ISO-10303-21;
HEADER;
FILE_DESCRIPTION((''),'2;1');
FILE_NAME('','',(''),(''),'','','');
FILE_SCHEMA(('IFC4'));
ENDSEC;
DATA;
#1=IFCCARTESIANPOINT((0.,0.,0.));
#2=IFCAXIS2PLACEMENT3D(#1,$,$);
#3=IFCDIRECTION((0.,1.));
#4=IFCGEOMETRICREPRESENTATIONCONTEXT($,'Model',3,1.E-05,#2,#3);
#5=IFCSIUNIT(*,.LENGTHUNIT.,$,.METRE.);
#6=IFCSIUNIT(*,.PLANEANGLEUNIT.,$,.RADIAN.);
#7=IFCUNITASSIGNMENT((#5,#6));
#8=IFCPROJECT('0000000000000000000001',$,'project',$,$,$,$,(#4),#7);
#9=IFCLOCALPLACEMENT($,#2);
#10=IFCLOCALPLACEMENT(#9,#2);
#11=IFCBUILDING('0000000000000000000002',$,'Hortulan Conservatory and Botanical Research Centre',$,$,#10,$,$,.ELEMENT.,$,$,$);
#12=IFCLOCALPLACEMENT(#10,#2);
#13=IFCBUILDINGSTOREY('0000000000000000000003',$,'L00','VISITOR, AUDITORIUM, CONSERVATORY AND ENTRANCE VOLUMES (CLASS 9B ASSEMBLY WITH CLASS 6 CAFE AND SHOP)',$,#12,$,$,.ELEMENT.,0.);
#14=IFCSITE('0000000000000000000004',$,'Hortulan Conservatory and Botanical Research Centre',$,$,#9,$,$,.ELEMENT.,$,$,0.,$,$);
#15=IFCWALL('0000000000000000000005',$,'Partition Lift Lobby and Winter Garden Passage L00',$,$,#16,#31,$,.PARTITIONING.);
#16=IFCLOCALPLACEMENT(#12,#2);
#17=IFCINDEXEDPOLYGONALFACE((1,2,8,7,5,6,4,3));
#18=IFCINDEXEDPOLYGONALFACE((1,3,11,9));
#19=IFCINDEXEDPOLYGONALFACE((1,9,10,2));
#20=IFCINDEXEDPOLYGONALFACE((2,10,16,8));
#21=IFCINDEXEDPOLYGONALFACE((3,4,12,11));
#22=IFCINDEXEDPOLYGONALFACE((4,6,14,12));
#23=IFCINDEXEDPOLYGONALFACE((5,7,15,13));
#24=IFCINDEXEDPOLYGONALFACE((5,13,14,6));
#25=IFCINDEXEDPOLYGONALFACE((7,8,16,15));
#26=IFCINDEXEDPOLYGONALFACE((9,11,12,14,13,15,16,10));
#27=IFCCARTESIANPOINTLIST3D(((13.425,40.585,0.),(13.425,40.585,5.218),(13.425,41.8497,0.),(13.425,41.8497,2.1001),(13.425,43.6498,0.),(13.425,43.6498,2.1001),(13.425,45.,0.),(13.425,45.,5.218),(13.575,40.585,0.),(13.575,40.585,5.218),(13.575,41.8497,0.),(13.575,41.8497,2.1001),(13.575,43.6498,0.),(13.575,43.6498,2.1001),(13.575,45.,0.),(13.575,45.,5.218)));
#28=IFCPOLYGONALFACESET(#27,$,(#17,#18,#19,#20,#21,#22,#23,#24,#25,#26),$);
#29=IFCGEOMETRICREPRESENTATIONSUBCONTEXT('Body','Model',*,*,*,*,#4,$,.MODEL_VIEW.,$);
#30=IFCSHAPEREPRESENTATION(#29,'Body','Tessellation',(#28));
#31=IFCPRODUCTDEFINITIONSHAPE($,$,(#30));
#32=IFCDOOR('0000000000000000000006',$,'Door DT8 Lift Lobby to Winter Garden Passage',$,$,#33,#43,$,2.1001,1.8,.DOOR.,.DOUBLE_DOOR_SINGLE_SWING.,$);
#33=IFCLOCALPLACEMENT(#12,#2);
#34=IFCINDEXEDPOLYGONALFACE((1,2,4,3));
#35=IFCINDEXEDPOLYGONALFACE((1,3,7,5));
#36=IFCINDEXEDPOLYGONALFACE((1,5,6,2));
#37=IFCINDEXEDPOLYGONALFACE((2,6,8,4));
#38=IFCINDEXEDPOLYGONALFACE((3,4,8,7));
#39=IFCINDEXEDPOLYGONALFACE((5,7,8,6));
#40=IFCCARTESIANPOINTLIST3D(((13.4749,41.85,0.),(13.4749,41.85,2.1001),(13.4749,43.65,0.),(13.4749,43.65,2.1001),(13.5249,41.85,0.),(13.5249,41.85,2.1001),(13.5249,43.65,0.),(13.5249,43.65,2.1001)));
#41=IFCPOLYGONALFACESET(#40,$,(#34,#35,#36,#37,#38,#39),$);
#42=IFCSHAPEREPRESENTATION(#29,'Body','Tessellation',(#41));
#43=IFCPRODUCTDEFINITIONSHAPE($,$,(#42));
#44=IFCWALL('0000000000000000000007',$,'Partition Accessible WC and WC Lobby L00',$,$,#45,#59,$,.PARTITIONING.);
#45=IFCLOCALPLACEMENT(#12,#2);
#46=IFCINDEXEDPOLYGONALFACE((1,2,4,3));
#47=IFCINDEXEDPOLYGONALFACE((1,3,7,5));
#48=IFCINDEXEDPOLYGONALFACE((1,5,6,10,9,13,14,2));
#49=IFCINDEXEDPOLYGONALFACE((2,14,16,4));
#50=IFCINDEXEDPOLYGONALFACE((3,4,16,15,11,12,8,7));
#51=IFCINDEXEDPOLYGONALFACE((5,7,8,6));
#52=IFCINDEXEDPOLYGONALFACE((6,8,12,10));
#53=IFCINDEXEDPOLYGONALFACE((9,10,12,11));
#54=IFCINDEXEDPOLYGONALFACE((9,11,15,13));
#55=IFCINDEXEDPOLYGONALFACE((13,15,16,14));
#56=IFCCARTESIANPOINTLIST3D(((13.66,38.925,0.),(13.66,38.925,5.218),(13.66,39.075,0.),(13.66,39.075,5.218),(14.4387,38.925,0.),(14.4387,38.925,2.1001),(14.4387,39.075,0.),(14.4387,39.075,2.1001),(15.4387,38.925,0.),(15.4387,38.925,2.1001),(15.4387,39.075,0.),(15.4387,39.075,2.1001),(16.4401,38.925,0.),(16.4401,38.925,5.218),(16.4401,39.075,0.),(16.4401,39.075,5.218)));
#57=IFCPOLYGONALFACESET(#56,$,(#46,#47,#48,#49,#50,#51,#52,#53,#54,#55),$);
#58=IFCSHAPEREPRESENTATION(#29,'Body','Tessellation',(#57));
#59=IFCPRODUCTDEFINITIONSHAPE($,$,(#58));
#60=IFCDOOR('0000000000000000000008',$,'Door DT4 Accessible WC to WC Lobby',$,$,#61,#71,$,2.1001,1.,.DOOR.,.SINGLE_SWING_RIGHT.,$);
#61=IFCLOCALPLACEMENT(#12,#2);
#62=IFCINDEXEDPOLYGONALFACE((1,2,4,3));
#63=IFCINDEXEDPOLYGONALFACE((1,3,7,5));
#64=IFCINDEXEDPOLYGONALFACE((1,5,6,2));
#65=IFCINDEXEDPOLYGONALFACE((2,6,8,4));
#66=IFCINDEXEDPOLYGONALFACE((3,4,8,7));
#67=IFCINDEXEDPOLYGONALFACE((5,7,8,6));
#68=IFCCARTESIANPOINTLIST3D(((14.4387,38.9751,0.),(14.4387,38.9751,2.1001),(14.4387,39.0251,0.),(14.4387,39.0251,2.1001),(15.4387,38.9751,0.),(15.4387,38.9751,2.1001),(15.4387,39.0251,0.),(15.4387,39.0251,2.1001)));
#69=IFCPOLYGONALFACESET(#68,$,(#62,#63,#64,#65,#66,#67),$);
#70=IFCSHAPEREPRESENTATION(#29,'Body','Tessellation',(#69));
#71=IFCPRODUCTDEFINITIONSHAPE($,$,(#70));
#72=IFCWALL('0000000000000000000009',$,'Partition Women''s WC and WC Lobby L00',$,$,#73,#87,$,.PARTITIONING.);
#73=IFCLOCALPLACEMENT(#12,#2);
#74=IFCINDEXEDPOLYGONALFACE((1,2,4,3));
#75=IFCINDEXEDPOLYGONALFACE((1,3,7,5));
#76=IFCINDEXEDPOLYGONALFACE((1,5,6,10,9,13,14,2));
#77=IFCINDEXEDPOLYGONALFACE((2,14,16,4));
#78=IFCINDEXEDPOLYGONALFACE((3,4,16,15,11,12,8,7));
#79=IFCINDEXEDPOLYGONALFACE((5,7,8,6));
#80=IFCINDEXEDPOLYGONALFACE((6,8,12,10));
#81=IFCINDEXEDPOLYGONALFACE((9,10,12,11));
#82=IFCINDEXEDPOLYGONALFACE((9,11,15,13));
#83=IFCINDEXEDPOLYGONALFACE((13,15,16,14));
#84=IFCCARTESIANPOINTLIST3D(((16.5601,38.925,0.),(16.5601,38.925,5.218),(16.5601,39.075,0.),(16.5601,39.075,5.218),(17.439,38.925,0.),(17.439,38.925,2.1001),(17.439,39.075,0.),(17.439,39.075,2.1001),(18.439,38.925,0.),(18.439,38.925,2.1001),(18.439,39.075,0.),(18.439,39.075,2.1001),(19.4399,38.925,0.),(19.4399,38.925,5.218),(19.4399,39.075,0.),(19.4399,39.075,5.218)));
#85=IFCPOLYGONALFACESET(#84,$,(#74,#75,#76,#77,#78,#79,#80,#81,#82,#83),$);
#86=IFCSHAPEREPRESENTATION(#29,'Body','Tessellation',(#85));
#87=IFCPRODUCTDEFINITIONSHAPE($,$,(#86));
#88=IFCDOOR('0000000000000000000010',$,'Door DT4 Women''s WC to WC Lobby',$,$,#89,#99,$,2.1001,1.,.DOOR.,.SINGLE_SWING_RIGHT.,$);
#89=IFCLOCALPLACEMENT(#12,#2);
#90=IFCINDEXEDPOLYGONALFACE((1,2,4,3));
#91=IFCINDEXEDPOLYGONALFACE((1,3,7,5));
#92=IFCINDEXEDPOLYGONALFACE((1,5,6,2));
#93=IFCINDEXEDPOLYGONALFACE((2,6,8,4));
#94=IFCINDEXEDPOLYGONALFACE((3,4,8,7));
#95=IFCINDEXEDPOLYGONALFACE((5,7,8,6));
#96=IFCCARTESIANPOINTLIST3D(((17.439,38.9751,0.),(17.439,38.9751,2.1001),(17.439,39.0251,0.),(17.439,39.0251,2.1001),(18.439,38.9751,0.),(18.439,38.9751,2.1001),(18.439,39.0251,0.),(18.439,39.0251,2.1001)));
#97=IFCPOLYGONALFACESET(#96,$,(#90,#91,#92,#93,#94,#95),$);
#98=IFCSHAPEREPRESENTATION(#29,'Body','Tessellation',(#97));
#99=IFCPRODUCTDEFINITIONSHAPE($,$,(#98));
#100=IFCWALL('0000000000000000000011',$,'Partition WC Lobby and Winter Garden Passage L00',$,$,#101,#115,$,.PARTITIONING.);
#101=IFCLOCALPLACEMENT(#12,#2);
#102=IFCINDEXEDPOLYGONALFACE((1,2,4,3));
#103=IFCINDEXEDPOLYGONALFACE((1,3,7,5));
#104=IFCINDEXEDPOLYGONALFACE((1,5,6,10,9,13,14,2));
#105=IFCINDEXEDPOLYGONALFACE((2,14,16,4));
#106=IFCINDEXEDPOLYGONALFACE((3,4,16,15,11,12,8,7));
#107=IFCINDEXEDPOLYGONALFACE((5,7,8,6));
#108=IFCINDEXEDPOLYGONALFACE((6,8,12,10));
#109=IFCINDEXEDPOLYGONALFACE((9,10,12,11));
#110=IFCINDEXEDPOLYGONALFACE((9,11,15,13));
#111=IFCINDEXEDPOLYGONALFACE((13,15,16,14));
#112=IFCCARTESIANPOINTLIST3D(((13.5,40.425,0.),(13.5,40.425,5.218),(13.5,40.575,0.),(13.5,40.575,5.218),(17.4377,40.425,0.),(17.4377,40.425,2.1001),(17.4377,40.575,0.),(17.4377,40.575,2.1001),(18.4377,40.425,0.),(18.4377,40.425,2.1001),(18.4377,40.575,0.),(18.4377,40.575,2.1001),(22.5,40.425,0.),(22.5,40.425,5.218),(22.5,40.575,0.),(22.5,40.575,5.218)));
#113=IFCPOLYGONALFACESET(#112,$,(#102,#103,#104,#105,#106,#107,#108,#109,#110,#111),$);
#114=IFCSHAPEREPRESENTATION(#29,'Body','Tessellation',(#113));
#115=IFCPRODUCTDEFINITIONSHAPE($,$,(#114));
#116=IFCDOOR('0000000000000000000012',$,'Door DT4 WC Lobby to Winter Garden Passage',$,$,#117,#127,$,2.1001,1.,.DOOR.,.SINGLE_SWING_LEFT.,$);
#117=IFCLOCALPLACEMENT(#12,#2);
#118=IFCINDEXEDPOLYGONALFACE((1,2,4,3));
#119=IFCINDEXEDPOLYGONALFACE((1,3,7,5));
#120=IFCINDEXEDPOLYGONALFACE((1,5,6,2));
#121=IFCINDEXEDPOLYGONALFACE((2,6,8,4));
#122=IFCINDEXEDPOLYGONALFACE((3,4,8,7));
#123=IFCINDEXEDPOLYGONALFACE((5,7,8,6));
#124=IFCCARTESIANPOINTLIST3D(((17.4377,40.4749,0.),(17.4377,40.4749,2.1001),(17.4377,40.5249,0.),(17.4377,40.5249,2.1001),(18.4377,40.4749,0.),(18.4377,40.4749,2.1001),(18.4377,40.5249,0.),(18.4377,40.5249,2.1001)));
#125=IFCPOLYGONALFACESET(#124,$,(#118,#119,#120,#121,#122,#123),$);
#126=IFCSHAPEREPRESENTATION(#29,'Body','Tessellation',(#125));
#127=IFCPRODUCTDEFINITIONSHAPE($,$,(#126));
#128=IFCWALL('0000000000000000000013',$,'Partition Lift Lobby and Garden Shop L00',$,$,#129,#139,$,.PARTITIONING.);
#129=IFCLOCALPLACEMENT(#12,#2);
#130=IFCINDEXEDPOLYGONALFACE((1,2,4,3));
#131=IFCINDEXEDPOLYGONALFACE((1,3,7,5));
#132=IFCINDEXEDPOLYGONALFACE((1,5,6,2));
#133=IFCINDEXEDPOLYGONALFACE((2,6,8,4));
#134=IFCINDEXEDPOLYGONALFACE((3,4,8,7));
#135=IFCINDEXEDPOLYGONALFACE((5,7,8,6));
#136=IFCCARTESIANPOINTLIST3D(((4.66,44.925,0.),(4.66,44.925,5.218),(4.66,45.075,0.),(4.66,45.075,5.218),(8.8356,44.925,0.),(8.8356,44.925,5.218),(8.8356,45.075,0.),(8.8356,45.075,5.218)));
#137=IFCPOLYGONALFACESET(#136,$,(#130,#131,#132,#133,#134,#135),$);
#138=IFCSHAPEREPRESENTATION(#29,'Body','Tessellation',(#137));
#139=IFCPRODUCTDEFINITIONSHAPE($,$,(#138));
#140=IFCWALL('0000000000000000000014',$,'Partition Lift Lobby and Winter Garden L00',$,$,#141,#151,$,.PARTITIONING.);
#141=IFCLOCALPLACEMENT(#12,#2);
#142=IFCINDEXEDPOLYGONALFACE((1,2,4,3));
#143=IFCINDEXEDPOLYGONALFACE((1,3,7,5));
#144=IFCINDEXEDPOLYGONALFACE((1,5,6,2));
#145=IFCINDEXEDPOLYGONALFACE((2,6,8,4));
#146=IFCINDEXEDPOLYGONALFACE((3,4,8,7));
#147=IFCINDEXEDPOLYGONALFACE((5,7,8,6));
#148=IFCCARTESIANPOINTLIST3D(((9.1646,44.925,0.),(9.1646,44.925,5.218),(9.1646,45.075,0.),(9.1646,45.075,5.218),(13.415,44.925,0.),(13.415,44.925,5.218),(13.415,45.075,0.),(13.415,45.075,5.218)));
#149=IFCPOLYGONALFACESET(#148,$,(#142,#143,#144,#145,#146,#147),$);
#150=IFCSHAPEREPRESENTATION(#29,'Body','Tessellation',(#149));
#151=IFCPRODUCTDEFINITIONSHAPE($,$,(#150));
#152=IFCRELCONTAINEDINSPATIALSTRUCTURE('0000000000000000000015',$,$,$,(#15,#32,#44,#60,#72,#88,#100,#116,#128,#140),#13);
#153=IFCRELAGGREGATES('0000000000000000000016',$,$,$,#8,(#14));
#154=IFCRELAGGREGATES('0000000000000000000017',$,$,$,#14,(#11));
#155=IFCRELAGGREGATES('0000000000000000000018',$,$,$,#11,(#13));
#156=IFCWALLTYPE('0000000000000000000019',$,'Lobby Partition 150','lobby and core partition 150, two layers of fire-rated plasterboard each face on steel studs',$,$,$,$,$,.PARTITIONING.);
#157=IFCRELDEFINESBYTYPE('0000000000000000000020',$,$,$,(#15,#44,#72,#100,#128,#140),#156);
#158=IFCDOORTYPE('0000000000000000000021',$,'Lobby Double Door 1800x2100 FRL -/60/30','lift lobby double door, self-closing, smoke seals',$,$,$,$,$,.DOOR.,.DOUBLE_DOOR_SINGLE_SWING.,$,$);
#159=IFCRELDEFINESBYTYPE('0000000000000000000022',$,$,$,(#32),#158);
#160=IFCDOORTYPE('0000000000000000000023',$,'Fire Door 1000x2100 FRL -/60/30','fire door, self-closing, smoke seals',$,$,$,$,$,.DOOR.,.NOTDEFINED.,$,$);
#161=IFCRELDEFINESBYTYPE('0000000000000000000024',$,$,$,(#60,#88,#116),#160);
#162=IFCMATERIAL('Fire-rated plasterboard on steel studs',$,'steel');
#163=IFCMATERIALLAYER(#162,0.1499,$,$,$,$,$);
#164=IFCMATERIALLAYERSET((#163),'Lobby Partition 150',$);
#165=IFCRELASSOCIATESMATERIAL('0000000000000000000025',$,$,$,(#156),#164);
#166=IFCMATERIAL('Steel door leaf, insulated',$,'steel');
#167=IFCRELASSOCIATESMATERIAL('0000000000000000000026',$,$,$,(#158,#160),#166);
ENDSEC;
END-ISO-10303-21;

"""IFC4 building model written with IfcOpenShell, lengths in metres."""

from ifc_helpers import new_model, si_unit, direction, frame, frame_2d, origin, place, context, subcontext, project, spatial, rectangle, extrude, material, layer, layer_set, type_object, element, fill, save


model = new_model("IFC4")

# Units and contexts
model_context = context("Model", 3, precision=1e-05, world=origin(), true_north=direction((0.0, 1.0)))
body_context = subcontext(model_context, "Body", "Model", "MODEL_VIEW")
ifc_project = project(units=[si_unit("LENGTHUNIT", "METRE"), si_unit("PLANEANGLEUNIT", "RADIAN")], contexts=[model_context])

# Site, building, storey
site_placement = place(None, origin())
site = spatial("IfcSite", under=ifc_project, at=site_placement, Name="Hortulan Conservatory and Botanical Research Centre", CompositionType="ELEMENT", RefElevation=0.0)
building_placement = place(site_placement, origin())
building = spatial("IfcBuilding", under=site, at=building_placement, Name="Hortulan Conservatory and Botanical Research Centre", CompositionType="ELEMENT")
storey_placement = place(building_placement, origin())
storey = spatial("IfcBuildingStorey", under=building, at=storey_placement, Name="L00", Description="VISITOR, AUDITORIUM, CONSERVATORY AND ENTRANCE VOLUMES (CLASS 9B ASSEMBLY WITH CLASS 6 CAFE AND SHOP)", CompositionType="ELEMENT", Elevation=0.0)

# Shared definitions
ifc_material_1 = material(Name="Steel door leaf, insulated", Category="steel")

# Shared definitions
ifc_material_2 = material(Name="Fire-rated plasterboard on steel studs", Category="steel")
ifc_layer_1 = layer(ifc_material_2, 0.1499)
ifc_layer_set_1 = layer_set([ifc_layer_1], Name="Lobby Partition 150")
wall_type_1 = type_object("IfcWallType", Name="Lobby Partition 150", Description="lobby and core partition 150, two layers of fire-rated plasterboard each face on steel studs", PredefinedType="PARTITIONING", material=ifc_layer_set_1)

# Walls, openings, doors
wall_1_placement = place(storey_placement, frame((13.5, 40.585, 0.0), z_axis=(0.0, 0.0, 1.0), x_axis=(0.0, 1.0, 0.0)))
wall_1 = element("IfcWall", 1, at=wall_1_placement, inside=storey, type_object=wall_type_1, Name="Partition Lift Lobby and Winter Garden Passage L00", PredefinedType="PARTITIONING", context=body_context, shape_type="SweptSolid", body=[
    extrude(rectangle(XDim=4.415, YDim=0.1499, at=frame_2d((2.2075, 0.0))), origin(), (0.0, 0.0, 1.0), 5.218),
])
opening_1_placement = place(wall_1_placement, frame((1.2649, 0.0, 0.0)))
opening_1 = element("IfcOpeningElement", 2, at=opening_1_placement, cuts=wall_1, PredefinedType="OPENING", context=body_context, shape_type="SweptSolid", body=[
    extrude(rectangle(XDim=1.8, YDim=2.1001, at=frame_2d((0.8999, 1.05))), frame((0.0, 0.085, 0.0), z_axis=(0.0, -1.0, 0.0), x_axis=(1.0, 0.0, 0.0)), (0.0, 0.0, 1.0), 0.1699),
])
door_type_1 = type_object("IfcDoorType", Name="Lobby Double Door 1800x2100 FRL -/60/30", Description="lift lobby double door, self-closing, smoke seals", OperationType="DOUBLE_DOOR_SINGLE_SWING", PredefinedType="DOOR", material=ifc_material_1)
door_1_placement = place(opening_1_placement, frame((1.8, 0.0, 0.0), z_axis=(0.0, 0.0, 1.0), x_axis=(-1.0, 0.0, 0.0)))
door_1 = element("IfcDoor", 3, at=door_1_placement, inside=storey, type_object=door_type_1, Name="Door DT8 Lift Lobby to Winter Garden Passage", OperationType="DOUBLE_DOOR_SINGLE_SWING", OverallHeight=2.1001, OverallWidth=1.8, PredefinedType="DOOR", context=body_context, shape_type="SweptSolid", body=[
    extrude(rectangle(XDim=1.8, YDim=2.1001, at=frame_2d((0.8999, 1.05))), frame((0.0, 0.0249, 0.0), z_axis=(0.0, -1.0, 0.0), x_axis=(1.0, 0.0, 0.0)), (0.0, 0.0, 1.0), 0.05),
])
fill(opening_1, door_1)
wall_2_placement = place(storey_placement, frame((13.6599, 39.0, 0.0), z_axis=(0.0, 0.0, 1.0), x_axis=(1.0, 0.0, 0.0)))
wall_2 = element("IfcWall", 4, at=wall_2_placement, inside=storey, type_object=wall_type_1, Name="Partition Accessible WC and WC Lobby L00", PredefinedType="PARTITIONING", context=body_context, shape_type="SweptSolid", body=[
    extrude(rectangle(XDim=2.78, YDim=0.1499, at=frame_2d((1.3901, 0.0))), origin(), (0.0, 0.0, 1.0), 5.218),
])
opening_2_placement = place(wall_2_placement, frame((0.7788, 0.0, 0.0)))
opening_2 = element("IfcOpeningElement", 5, at=opening_2_placement, cuts=wall_2, PredefinedType="OPENING", context=body_context, shape_type="SweptSolid", body=[
    extrude(rectangle(XDim=1.0, YDim=2.1001, at=frame_2d((0.5, 1.05))), frame((0.0, 0.085, 0.0), z_axis=(0.0, -1.0, 0.0), x_axis=(1.0, 0.0, 0.0)), (0.0, 0.0, 1.0), 0.1699),
])
door_type_2 = type_object("IfcDoorType", Name="Fire Door 1000x2100 FRL -/60/30", Description="fire door, self-closing, smoke seals", OperationType="NOTDEFINED", PredefinedType="DOOR", material=ifc_material_1)
door_2_placement = place(opening_2_placement, frame((1.0, 0.0, 0.0), z_axis=(0.0, 0.0, 1.0), x_axis=(-1.0, 0.0, 0.0)))
door_2 = element("IfcDoor", 6, at=door_2_placement, inside=storey, type_object=door_type_2, Name="Door DT4 Accessible WC to WC Lobby", OperationType="SINGLE_SWING_RIGHT", OverallHeight=2.1001, OverallWidth=1.0, PredefinedType="DOOR", context=body_context, shape_type="SweptSolid", body=[
    extrude(rectangle(XDim=1.0, YDim=2.1001, at=frame_2d((0.5, 1.05))), frame((0.0, 0.0249, 0.0), z_axis=(0.0, -1.0, 0.0), x_axis=(1.0, 0.0, 0.0)), (0.0, 0.0, 1.0), 0.05),
])
fill(opening_2, door_2)
wall_3_placement = place(storey_placement, frame((16.5601, 39.0, 0.0), z_axis=(0.0, 0.0, 1.0), x_axis=(1.0, 0.0, 0.0)))
wall_3 = element("IfcWall", 7, at=wall_3_placement, inside=storey, type_object=wall_type_1, Name="Partition Women's WC and WC Lobby L00", PredefinedType="PARTITIONING", context=body_context, shape_type="SweptSolid", body=[
    extrude(rectangle(XDim=2.8799, YDim=0.1499, at=frame_2d((1.4399, 0.0))), origin(), (0.0, 0.0, 1.0), 5.218),
])
opening_3_placement = place(wall_3_placement, frame((0.8789, 0.0, 0.0)))
opening_3 = element("IfcOpeningElement", 8, at=opening_3_placement, cuts=wall_3, PredefinedType="OPENING", context=body_context, shape_type="SweptSolid", body=[
    extrude(rectangle(XDim=1.0, YDim=2.1001, at=frame_2d((0.5, 1.05))), frame((0.0, 0.085, 0.0), z_axis=(0.0, -1.0, 0.0), x_axis=(1.0, 0.0, 0.0)), (0.0, 0.0, 1.0), 0.1699),
])
door_3_placement = place(opening_3_placement, frame((1.0, 0.0, 0.0), z_axis=(0.0, 0.0, 1.0), x_axis=(-1.0, 0.0, 0.0)))
door_3 = element("IfcDoor", 9, at=door_3_placement, inside=storey, type_object=door_type_2, Name="Door DT4 Women's WC to WC Lobby", OperationType="SINGLE_SWING_RIGHT", OverallHeight=2.1001, OverallWidth=1.0, PredefinedType="DOOR", context=body_context, shape_type="SweptSolid", body=[
    extrude(rectangle(XDim=1.0, YDim=2.1001, at=frame_2d((0.5, 1.05))), frame((0.0, 0.0249, 0.0), z_axis=(0.0, -1.0, 0.0), x_axis=(1.0, 0.0, 0.0)), (0.0, 0.0, 1.0), 0.05),
])
fill(opening_3, door_3)
wall_4_placement = place(storey_placement, frame((13.5, 40.5, 0.0), z_axis=(0.0, 0.0, 1.0), x_axis=(1.0, 0.0, 0.0)))
wall_4 = element("IfcWall", 10, at=wall_4_placement, inside=storey, type_object=wall_type_1, Name="Partition WC Lobby and Winter Garden Passage L00", PredefinedType="PARTITIONING", context=body_context, shape_type="SweptSolid", body=[
    extrude(rectangle(XDim=9.0, YDim=0.1499, at=frame_2d((4.5, 0.0))), origin(), (0.0, 0.0, 1.0), 5.218),
])
opening_4_placement = place(wall_4_placement, frame((3.9377, 0.0, 0.0)))
opening_4 = element("IfcOpeningElement", 11, at=opening_4_placement, cuts=wall_4, PredefinedType="OPENING", context=body_context, shape_type="SweptSolid", body=[
    extrude(rectangle(XDim=1.0, YDim=2.1001, at=frame_2d((0.5, 1.05))), frame((0.0, 0.085, 0.0), z_axis=(0.0, -1.0, 0.0), x_axis=(1.0, 0.0, 0.0)), (0.0, 0.0, 1.0), 0.1699),
])
door_4_placement = place(opening_4_placement, origin())
door_4 = element("IfcDoor", 12, at=door_4_placement, inside=storey, type_object=door_type_2, Name="Door DT4 WC Lobby to Winter Garden Passage", OperationType="SINGLE_SWING_LEFT", OverallHeight=2.1001, OverallWidth=1.0, PredefinedType="DOOR", context=body_context, shape_type="SweptSolid", body=[
    extrude(rectangle(XDim=1.0, YDim=2.1001, at=frame_2d((0.5, 1.05))), frame((0.0, 0.0249, 0.0), z_axis=(0.0, -1.0, 0.0), x_axis=(1.0, 0.0, 0.0)), (0.0, 0.0, 1.0), 0.05),
])
fill(opening_4, door_4)

# Walls
wall_5_placement = place(storey_placement, frame((4.6599, 45.0, 0.0), z_axis=(0.0, 0.0, 1.0), x_axis=(1.0, 0.0, 0.0)))
element("IfcWall", 13, at=wall_5_placement, inside=storey, type_object=wall_type_1, Name="Partition Lift Lobby and Garden Shop L00", PredefinedType="PARTITIONING", context=body_context, shape_type="SweptSolid", body=[
    extrude(rectangle(XDim=4.1755, YDim=0.1499, at=frame_2d((2.0879, 0.0))), origin(), (0.0, 0.0, 1.0), 5.218),
])
wall_6_placement = place(storey_placement, frame((9.1646, 45.0, 0.0), z_axis=(0.0, 0.0, 1.0), x_axis=(1.0, 0.0, 0.0)))
element("IfcWall", 14, at=wall_6_placement, inside=storey, type_object=wall_type_1, Name="Partition Lift Lobby and Winter Garden L00", PredefinedType="PARTITIONING", context=body_context, shape_type="SweptSolid", body=[
    extrude(rectangle(XDim=4.2505, YDim=0.1499, at=frame_2d((2.1252, 0.0))), origin(), (0.0, 0.0, 1.0), 5.218),
])

save(model, "model.ifc")
